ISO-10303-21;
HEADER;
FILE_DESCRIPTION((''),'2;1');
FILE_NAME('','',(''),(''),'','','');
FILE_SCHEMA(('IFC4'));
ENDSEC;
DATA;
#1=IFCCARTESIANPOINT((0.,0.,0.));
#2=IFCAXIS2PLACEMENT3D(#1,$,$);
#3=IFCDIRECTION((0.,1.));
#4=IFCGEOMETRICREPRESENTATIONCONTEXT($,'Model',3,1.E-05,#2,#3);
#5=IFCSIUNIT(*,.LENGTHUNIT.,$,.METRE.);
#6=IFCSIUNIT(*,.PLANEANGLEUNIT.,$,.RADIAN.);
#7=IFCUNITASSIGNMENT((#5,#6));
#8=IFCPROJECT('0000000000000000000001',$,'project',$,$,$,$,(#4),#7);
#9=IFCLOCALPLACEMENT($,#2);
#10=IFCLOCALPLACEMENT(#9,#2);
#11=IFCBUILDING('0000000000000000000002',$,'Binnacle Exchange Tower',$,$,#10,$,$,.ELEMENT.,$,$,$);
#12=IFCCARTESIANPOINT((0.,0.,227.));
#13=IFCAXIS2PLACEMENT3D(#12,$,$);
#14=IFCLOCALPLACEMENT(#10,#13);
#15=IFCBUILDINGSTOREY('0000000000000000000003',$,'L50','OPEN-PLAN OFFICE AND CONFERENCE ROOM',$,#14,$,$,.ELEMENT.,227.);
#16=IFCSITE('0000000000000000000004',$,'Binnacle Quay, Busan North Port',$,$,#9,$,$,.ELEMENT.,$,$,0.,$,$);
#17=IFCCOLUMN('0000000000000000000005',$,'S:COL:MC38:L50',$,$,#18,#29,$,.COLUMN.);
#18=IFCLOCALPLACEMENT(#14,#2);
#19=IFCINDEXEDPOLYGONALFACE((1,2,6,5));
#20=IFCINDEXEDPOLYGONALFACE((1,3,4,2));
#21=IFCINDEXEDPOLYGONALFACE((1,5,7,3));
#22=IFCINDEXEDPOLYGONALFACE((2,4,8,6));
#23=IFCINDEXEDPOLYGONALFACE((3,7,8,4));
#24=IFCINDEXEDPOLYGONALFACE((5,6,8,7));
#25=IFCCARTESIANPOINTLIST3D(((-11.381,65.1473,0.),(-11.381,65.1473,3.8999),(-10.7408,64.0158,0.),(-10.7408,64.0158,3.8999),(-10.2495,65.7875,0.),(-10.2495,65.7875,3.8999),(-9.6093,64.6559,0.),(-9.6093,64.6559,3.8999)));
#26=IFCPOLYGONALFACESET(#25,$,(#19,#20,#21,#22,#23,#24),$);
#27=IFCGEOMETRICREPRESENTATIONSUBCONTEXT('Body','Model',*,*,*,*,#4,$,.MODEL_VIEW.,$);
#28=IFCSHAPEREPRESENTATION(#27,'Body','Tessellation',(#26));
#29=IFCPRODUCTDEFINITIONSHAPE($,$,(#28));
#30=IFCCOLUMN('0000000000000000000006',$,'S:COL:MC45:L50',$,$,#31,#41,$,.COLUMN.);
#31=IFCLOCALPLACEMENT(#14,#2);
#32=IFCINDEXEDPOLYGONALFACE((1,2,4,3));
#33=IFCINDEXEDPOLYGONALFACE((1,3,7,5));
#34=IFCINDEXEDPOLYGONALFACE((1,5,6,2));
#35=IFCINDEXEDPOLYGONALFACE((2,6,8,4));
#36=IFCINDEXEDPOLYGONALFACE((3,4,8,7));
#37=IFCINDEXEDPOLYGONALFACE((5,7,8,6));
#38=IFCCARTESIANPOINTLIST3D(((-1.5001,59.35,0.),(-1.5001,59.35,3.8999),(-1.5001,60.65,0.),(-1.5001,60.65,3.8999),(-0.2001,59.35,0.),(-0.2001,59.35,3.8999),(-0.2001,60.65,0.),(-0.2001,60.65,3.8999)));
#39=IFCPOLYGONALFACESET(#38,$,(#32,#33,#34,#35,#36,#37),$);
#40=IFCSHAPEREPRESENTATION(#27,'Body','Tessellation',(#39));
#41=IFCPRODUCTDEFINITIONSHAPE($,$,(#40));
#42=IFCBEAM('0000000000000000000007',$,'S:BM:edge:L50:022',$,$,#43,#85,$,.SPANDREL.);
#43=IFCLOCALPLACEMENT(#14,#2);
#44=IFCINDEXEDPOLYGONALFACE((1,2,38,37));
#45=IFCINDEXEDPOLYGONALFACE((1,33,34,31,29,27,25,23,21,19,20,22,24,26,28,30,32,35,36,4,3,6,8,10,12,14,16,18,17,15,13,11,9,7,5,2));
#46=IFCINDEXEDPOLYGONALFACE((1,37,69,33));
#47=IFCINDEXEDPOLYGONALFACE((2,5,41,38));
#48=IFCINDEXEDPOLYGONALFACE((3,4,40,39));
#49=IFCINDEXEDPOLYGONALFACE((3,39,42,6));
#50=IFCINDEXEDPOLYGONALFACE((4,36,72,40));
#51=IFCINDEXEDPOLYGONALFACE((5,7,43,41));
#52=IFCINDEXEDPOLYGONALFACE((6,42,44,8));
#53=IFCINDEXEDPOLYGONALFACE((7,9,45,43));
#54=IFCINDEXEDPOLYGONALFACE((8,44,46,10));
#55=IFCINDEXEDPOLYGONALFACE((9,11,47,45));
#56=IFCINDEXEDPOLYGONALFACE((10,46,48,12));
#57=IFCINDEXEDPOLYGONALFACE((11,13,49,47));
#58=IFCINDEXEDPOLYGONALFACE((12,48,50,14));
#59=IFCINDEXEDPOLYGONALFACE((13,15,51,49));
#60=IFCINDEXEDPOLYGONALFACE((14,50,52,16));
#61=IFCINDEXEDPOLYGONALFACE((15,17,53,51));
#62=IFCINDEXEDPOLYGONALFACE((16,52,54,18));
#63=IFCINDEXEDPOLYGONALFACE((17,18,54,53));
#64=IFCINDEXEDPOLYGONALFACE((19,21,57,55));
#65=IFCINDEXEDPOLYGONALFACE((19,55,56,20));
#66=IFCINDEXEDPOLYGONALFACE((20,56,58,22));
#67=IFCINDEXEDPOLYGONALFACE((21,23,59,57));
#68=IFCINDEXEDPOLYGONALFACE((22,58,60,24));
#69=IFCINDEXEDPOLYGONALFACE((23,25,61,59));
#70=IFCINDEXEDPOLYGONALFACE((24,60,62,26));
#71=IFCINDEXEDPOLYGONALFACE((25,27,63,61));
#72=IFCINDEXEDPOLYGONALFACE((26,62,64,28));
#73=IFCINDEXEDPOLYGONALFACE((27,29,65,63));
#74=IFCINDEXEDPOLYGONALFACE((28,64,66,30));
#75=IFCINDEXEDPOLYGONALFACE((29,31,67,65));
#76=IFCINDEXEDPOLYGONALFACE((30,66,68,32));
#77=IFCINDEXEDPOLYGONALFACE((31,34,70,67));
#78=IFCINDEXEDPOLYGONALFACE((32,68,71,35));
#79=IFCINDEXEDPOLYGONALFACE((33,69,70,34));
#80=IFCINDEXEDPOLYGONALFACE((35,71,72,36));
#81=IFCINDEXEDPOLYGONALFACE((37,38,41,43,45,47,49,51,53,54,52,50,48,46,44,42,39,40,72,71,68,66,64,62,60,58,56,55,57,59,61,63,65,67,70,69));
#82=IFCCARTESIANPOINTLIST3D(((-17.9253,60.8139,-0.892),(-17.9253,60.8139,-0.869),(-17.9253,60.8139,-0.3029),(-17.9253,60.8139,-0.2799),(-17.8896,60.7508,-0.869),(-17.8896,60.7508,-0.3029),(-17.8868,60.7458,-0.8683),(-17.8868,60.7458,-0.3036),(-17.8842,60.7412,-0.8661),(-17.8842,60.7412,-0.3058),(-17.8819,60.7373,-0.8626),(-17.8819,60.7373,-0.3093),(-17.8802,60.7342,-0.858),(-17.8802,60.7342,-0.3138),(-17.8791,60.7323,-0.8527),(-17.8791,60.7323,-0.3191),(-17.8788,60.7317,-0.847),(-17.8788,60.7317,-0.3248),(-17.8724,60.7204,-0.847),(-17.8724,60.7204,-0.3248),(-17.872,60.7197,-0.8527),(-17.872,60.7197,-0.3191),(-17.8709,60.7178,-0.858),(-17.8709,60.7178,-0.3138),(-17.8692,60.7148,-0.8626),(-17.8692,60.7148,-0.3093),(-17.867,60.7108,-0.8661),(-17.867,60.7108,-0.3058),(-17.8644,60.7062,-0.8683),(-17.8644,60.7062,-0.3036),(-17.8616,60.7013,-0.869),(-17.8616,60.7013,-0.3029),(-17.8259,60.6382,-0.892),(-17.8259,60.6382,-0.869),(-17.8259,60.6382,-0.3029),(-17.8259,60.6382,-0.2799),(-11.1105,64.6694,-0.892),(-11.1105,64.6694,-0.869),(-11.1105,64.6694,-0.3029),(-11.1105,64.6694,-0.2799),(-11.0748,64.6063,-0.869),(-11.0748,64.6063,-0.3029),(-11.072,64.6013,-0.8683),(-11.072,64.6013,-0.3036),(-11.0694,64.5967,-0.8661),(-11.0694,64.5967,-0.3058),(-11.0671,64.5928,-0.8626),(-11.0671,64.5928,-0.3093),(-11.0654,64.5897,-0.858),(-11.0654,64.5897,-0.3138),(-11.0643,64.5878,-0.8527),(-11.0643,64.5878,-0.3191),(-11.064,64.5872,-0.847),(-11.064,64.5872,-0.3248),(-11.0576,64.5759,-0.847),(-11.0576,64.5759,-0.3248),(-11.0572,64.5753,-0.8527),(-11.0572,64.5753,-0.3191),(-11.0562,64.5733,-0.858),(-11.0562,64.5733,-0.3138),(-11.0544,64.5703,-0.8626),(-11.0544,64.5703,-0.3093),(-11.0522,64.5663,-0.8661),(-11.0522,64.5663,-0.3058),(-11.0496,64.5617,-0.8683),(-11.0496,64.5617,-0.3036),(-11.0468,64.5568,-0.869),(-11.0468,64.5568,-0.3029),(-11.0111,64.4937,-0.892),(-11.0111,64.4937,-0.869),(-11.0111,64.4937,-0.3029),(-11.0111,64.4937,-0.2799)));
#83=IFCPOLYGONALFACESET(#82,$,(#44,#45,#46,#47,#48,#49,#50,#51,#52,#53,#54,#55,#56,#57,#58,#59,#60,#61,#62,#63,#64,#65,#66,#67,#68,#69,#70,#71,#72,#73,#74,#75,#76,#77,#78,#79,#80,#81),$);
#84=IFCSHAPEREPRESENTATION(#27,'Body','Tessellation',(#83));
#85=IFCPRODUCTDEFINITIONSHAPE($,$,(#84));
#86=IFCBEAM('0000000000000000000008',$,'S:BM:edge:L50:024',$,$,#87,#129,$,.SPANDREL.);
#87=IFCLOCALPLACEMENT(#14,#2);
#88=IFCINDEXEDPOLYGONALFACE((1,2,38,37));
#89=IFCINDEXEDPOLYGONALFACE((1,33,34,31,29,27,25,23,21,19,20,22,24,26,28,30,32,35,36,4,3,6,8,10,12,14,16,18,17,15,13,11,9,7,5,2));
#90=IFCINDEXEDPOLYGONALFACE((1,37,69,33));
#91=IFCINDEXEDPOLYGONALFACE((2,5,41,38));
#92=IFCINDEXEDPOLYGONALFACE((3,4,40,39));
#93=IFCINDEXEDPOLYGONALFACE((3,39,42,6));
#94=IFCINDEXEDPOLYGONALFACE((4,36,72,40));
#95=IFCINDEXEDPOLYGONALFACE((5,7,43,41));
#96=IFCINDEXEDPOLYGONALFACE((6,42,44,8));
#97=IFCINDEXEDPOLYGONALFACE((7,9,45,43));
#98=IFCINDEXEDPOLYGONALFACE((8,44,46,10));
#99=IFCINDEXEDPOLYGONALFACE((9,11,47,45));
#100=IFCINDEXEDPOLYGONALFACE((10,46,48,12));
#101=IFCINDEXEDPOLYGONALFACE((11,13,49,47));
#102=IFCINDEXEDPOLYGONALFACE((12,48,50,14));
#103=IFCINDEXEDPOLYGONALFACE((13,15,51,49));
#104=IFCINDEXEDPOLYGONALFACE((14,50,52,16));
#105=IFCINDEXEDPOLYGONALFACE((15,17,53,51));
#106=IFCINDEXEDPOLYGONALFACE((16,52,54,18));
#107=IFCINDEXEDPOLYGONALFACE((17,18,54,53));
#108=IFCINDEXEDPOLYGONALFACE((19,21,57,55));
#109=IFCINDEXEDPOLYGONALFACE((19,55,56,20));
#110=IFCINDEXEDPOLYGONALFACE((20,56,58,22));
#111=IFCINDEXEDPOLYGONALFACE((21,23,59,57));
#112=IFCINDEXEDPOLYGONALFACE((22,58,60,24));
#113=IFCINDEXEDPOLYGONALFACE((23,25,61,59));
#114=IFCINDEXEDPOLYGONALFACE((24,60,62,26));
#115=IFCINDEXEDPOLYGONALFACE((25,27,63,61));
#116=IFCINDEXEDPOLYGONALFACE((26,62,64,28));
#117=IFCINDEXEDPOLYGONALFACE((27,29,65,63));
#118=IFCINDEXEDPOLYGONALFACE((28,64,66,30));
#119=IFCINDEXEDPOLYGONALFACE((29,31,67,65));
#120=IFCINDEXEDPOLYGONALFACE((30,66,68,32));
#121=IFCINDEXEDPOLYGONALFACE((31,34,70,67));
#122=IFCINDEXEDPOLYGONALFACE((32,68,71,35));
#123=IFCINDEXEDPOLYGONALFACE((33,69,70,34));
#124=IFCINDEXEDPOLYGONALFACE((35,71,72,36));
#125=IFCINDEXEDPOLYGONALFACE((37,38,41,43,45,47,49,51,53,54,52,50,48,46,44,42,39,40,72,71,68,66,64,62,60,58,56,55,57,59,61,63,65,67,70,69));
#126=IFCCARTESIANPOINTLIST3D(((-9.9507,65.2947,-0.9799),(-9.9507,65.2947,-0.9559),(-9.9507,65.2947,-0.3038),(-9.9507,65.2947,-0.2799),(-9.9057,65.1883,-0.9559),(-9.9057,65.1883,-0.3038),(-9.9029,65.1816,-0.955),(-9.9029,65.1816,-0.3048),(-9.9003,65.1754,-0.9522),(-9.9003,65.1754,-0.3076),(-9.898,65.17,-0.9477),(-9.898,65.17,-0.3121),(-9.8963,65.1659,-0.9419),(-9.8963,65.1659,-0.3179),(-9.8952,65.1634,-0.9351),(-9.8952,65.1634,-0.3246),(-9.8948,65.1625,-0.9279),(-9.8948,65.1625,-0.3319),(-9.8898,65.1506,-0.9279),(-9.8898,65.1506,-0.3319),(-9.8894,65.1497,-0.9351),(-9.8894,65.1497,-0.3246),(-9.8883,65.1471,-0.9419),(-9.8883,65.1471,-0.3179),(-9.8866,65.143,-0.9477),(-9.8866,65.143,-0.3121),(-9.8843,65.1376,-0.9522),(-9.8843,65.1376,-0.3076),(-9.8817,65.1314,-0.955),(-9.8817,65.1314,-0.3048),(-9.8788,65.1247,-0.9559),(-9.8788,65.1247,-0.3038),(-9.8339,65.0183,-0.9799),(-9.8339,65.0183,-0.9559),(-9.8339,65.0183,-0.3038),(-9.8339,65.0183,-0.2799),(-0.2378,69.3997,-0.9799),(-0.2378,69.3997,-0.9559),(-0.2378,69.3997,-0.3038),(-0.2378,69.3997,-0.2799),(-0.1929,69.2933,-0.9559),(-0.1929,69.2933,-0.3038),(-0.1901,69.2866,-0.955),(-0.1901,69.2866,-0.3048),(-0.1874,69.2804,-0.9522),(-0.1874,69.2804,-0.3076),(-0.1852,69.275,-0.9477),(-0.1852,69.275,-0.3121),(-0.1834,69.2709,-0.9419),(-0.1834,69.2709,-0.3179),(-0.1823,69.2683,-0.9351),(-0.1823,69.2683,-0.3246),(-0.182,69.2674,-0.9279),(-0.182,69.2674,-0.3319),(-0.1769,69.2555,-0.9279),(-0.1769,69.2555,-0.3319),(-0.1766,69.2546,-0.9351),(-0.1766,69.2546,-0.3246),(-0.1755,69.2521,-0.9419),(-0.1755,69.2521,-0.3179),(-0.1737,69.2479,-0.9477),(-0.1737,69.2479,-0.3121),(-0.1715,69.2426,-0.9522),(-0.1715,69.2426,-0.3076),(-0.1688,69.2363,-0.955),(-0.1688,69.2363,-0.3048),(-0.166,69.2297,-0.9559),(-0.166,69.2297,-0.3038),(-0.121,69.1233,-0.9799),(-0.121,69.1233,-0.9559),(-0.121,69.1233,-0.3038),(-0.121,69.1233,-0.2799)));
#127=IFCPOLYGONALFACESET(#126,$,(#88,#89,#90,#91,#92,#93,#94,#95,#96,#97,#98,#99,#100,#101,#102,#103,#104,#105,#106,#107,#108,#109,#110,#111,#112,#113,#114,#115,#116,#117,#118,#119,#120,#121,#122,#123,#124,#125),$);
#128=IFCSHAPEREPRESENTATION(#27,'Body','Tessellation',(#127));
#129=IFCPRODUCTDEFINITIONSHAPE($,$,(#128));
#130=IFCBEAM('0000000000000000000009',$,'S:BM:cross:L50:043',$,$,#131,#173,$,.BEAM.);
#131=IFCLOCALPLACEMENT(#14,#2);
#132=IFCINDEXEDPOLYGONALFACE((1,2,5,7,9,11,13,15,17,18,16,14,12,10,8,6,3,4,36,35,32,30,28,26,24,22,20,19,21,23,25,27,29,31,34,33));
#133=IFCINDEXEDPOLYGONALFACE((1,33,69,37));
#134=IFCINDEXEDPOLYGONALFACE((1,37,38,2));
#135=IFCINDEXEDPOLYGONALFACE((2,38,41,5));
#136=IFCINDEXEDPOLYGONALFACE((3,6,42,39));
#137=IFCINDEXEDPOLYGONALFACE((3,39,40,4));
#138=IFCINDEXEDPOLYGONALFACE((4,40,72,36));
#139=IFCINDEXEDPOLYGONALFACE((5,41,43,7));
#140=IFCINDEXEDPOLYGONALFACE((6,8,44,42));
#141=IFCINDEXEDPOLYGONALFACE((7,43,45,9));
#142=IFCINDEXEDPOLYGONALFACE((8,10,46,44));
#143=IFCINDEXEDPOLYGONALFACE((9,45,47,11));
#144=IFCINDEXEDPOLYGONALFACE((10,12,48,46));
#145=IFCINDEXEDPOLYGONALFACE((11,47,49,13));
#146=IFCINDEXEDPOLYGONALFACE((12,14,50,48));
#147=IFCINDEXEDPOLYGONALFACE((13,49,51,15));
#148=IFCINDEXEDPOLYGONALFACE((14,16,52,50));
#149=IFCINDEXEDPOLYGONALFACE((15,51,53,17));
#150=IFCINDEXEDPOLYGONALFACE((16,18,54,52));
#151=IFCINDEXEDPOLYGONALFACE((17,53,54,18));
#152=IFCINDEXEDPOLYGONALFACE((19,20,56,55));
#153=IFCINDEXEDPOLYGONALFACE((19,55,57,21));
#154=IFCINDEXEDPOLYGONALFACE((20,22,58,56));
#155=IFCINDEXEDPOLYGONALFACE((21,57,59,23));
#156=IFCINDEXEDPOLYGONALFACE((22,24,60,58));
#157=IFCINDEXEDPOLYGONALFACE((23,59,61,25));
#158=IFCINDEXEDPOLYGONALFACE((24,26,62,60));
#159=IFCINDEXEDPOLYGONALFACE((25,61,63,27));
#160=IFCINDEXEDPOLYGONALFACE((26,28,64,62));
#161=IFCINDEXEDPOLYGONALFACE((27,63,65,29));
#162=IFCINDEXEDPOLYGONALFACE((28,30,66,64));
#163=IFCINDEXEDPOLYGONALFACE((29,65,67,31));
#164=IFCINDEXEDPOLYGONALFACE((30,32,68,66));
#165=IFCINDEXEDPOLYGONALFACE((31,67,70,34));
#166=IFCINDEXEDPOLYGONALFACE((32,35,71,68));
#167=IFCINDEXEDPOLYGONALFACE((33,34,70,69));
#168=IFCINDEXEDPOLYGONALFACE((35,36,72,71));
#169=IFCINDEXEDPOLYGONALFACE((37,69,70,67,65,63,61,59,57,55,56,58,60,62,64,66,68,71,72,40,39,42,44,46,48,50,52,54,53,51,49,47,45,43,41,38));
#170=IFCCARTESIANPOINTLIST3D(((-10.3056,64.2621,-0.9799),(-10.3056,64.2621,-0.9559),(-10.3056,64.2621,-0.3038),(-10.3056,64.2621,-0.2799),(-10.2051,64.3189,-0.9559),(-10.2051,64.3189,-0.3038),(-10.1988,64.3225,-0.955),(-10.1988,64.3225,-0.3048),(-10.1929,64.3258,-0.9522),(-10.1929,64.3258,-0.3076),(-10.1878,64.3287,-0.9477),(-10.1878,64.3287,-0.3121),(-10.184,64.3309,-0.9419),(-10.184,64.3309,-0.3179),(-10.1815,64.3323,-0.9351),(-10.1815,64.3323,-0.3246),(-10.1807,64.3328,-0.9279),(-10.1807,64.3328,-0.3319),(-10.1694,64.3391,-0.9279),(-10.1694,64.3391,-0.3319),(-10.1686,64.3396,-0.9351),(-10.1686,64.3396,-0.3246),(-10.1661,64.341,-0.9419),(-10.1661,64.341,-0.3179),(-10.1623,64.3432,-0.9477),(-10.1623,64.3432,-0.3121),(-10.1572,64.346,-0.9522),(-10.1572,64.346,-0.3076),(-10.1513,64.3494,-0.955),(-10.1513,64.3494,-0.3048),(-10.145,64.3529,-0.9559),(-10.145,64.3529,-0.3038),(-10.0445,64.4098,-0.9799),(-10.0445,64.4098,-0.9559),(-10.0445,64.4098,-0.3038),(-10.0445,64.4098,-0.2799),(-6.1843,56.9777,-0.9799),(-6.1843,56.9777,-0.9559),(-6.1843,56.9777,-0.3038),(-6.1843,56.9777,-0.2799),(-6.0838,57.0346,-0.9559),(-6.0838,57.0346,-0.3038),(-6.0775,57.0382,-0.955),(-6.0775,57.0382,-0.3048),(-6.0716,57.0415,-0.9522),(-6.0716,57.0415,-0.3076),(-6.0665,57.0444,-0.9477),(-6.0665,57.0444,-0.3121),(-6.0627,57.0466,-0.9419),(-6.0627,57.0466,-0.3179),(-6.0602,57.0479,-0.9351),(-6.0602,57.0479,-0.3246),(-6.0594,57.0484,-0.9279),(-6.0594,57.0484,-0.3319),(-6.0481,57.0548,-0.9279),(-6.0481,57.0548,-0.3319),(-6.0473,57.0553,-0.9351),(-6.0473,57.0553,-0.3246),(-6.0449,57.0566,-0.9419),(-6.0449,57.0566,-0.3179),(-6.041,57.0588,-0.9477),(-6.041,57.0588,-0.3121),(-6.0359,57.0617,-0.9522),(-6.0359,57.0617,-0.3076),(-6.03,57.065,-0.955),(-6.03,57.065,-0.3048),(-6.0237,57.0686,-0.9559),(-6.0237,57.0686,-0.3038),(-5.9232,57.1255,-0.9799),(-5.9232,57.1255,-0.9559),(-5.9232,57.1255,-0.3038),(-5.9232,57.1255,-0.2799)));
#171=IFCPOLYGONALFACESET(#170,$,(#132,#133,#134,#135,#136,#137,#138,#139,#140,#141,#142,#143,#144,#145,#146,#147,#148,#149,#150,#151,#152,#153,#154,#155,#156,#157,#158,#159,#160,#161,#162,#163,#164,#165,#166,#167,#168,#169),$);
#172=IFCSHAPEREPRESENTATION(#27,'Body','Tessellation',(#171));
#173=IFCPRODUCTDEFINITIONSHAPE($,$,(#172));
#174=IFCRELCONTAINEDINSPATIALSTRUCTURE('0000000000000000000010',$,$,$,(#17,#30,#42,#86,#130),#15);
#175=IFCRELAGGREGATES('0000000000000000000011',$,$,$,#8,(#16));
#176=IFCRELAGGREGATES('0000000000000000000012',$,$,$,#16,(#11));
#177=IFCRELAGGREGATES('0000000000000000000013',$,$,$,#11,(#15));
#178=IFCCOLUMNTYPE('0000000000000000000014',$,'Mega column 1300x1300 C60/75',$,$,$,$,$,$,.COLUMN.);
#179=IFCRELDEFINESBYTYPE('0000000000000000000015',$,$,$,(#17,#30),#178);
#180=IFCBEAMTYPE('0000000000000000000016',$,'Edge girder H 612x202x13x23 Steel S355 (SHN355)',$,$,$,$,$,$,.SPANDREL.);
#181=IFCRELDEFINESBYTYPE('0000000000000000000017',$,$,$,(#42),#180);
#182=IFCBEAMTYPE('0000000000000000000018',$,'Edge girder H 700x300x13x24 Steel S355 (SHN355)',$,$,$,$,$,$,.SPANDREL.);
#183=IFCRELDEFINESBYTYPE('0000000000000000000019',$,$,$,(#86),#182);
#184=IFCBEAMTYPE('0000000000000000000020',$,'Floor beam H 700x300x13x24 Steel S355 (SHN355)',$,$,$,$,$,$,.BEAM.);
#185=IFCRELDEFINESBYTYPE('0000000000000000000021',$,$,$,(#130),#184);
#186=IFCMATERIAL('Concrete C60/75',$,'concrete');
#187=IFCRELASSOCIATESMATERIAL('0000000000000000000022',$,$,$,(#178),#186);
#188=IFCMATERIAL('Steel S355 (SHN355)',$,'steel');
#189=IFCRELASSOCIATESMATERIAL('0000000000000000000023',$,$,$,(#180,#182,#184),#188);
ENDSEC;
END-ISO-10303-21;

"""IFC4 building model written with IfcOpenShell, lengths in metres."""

from ifc_helpers import new_model, si_unit, direction, frame, origin, origin_2d, place, context, subcontext, project, spatial, rectangle, i_section, extrude, material, material_profile, profile_set, type_object, element, save


model = new_model("IFC4")

# Units and contexts
model_context = context("Model", 3, precision=1e-05, world=origin(), true_north=direction((0.0, 1.0)))
body_context = subcontext(model_context, "Body", "Model", "MODEL_VIEW")
ifc_project = project(units=[si_unit("LENGTHUNIT", "METRE"), si_unit("PLANEANGLEUNIT", "RADIAN")], contexts=[model_context])

# Site, building, storey
site_placement = place(None, origin())
site = spatial("IfcSite", under=ifc_project, at=site_placement, Name="Binnacle Quay, Busan North Port", CompositionType="ELEMENT", RefElevation=0.0)
building_placement = place(site_placement, origin())
building = spatial("IfcBuilding", under=site, at=building_placement, Name="Binnacle Exchange Tower", CompositionType="ELEMENT")
storey_placement = place(building_placement, frame((0.0, 0.0, 227.0)))
storey = spatial("IfcBuildingStorey", under=building, at=storey_placement, Name="L50", Description="OPEN-PLAN OFFICE AND CONFERENCE ROOM", CompositionType="ELEMENT", Elevation=227.0)

# Columns
ifc_material_1 = material(Name="Concrete C60/75", Category="concrete")
ifc_material_profile_1 = material_profile(ifc_material_1, rectangle(XDim=1.3, YDim=1.3, at=origin_2d()), Name="Mega column 1300x1300 C60/75")
ifc_profile_set_1 = profile_set([ifc_material_profile_1], Name="Concrete C60/75")
column_type = type_object("IfcColumnType", Name="Mega column 1300x1300 C60/75", PredefinedType="COLUMN", material=ifc_profile_set_1)
for number, where, z_axis, x_axis, name in (
    (1, (-10.4951, 64.9016, 0.0), (0.0, 0.0, 1.0), (-0.870356, -0.492424, 0.0), "S:COL:MC38:L50"),
    (2, (-0.8501, 60.0, 0.0), (0.0, 0.0, 1.0), (0.0, 1.0, 0.0), "S:COL:MC45:L50"),
):
    element("IfcColumn", number, at=place(storey_placement, frame(where, z_axis=z_axis, x_axis=x_axis)), inside=storey, type_object=column_type, Name=name, PredefinedType="COLUMN", context=body_context, shape_type="SweptSolid", body=[
        extrude(rectangle(XDim=1.3, YDim=1.3, at=origin_2d()), origin(), (0.0, 0.0, 1.0), 3.8999),
    ])

# Beams
ifc_material_2 = material(Name="Steel S355 (SHN355)", Category="steel")
ifc_material_profile_2 = material_profile(ifc_material_2, i_section(OverallWidth=0.2019, OverallDepth=0.6121, WebThickness=0.0129, FlangeThickness=0.0229, FilletRadius=0.022, at=origin_2d()), Name="H 612x202x13x23")
ifc_profile_set_2 = profile_set([ifc_material_profile_2], Name="Steel S355 (SHN355)")
beam_type_1 = type_object("IfcBeamType", Name="Edge girder H 612x202x13x23 Steel S355 (SHN355)", PredefinedType="SPANDREL", material=ifc_profile_set_2)
beam_1_placement = place(storey_placement, frame((-11.0608, 64.5815, -0.5859), z_axis=(-0.870361, -0.492414, 0.0), x_axis=(0.492414, -0.870361, 0.0)))
element("IfcBeam", 3, at=beam_1_placement, inside=storey, type_object=beam_type_1, Name="S:BM:edge:L50:022", PredefinedType="SPANDREL", context=body_context, shape_type="SweptSolid", body=[
    extrude(i_section(OverallWidth=0.2019, OverallDepth=0.6121, WebThickness=0.0129, FlangeThickness=0.0229, FilletRadius=0.022, at=origin_2d()), origin(), (0.0, 0.0, 1.0), 7.8298),
])
ifc_material_profile_3 = material_profile(ifc_material_2, i_section(OverallWidth=0.3, OverallDepth=0.7, WebThickness=0.0129, FlangeThickness=0.0239, FilletRadius=0.0281, at=origin_2d()), Name="H 700x300x13x24")
ifc_profile_set_3 = profile_set([ifc_material_profile_3], Name="Steel S355 (SHN355)")
beam_type_2 = type_object("IfcBeamType", Name="Edge girder H 700x300x13x24 Steel S355 (SHN355)", PredefinedType="SPANDREL", material=ifc_profile_set_3)
beam_2_placement = place(storey_placement, frame((-0.1794, 69.2615, -0.6299), z_axis=(-0.921114, -0.389293, 0.0), x_axis=(0.389293, -0.921114, 0.0)))
element("IfcBeam", 4, at=beam_2_placement, inside=storey, type_object=beam_type_2, Name="S:BM:edge:L50:024", PredefinedType="SPANDREL", context=body_context, shape_type="SweptSolid", body=[
    extrude(i_section(OverallWidth=0.3, OverallDepth=0.7, WebThickness=0.0129, FlangeThickness=0.0239, FilletRadius=0.0281, at=origin_2d()), origin(), (0.0, 0.0, 1.0), 10.5447),
])
ifc_material_profile_4 = material_profile(ifc_material_2, i_section(OverallWidth=0.3, OverallDepth=0.7, WebThickness=0.0129, FlangeThickness=0.0239, FilletRadius=0.0281, at=origin_2d()), Name="H 700x300x13x24")
ifc_profile_set_4 = profile_set([ifc_material_profile_4], Name="Steel S355 (SHN355)")
beam_type_3 = type_object("IfcBeamType", Name="Floor beam H 700x300x13x24 Steel S355 (SHN355)", PredefinedType="BEAM", material=ifc_profile_set_4)
beam_3_placement = place(storey_placement, frame((-10.175, 64.3359, -0.6299), z_axis=(0.492424, -0.870355, 0.0), x_axis=(0.870355, 0.492424, 0.0)))
element("IfcBeam", 5, at=beam_3_placement, inside=storey, type_object=beam_type_3, Name="S:BM:cross:L50:043", PredefinedType="BEAM", context=body_context, shape_type="SweptSolid", body=[
    extrude(i_section(OverallWidth=0.3, OverallDepth=0.7, WebThickness=0.0129, FlangeThickness=0.0239, FilletRadius=0.0281, at=origin_2d()), origin(), (0.0, 0.0, 1.0), 8.3694),
])

save(model, "model.ifc")
